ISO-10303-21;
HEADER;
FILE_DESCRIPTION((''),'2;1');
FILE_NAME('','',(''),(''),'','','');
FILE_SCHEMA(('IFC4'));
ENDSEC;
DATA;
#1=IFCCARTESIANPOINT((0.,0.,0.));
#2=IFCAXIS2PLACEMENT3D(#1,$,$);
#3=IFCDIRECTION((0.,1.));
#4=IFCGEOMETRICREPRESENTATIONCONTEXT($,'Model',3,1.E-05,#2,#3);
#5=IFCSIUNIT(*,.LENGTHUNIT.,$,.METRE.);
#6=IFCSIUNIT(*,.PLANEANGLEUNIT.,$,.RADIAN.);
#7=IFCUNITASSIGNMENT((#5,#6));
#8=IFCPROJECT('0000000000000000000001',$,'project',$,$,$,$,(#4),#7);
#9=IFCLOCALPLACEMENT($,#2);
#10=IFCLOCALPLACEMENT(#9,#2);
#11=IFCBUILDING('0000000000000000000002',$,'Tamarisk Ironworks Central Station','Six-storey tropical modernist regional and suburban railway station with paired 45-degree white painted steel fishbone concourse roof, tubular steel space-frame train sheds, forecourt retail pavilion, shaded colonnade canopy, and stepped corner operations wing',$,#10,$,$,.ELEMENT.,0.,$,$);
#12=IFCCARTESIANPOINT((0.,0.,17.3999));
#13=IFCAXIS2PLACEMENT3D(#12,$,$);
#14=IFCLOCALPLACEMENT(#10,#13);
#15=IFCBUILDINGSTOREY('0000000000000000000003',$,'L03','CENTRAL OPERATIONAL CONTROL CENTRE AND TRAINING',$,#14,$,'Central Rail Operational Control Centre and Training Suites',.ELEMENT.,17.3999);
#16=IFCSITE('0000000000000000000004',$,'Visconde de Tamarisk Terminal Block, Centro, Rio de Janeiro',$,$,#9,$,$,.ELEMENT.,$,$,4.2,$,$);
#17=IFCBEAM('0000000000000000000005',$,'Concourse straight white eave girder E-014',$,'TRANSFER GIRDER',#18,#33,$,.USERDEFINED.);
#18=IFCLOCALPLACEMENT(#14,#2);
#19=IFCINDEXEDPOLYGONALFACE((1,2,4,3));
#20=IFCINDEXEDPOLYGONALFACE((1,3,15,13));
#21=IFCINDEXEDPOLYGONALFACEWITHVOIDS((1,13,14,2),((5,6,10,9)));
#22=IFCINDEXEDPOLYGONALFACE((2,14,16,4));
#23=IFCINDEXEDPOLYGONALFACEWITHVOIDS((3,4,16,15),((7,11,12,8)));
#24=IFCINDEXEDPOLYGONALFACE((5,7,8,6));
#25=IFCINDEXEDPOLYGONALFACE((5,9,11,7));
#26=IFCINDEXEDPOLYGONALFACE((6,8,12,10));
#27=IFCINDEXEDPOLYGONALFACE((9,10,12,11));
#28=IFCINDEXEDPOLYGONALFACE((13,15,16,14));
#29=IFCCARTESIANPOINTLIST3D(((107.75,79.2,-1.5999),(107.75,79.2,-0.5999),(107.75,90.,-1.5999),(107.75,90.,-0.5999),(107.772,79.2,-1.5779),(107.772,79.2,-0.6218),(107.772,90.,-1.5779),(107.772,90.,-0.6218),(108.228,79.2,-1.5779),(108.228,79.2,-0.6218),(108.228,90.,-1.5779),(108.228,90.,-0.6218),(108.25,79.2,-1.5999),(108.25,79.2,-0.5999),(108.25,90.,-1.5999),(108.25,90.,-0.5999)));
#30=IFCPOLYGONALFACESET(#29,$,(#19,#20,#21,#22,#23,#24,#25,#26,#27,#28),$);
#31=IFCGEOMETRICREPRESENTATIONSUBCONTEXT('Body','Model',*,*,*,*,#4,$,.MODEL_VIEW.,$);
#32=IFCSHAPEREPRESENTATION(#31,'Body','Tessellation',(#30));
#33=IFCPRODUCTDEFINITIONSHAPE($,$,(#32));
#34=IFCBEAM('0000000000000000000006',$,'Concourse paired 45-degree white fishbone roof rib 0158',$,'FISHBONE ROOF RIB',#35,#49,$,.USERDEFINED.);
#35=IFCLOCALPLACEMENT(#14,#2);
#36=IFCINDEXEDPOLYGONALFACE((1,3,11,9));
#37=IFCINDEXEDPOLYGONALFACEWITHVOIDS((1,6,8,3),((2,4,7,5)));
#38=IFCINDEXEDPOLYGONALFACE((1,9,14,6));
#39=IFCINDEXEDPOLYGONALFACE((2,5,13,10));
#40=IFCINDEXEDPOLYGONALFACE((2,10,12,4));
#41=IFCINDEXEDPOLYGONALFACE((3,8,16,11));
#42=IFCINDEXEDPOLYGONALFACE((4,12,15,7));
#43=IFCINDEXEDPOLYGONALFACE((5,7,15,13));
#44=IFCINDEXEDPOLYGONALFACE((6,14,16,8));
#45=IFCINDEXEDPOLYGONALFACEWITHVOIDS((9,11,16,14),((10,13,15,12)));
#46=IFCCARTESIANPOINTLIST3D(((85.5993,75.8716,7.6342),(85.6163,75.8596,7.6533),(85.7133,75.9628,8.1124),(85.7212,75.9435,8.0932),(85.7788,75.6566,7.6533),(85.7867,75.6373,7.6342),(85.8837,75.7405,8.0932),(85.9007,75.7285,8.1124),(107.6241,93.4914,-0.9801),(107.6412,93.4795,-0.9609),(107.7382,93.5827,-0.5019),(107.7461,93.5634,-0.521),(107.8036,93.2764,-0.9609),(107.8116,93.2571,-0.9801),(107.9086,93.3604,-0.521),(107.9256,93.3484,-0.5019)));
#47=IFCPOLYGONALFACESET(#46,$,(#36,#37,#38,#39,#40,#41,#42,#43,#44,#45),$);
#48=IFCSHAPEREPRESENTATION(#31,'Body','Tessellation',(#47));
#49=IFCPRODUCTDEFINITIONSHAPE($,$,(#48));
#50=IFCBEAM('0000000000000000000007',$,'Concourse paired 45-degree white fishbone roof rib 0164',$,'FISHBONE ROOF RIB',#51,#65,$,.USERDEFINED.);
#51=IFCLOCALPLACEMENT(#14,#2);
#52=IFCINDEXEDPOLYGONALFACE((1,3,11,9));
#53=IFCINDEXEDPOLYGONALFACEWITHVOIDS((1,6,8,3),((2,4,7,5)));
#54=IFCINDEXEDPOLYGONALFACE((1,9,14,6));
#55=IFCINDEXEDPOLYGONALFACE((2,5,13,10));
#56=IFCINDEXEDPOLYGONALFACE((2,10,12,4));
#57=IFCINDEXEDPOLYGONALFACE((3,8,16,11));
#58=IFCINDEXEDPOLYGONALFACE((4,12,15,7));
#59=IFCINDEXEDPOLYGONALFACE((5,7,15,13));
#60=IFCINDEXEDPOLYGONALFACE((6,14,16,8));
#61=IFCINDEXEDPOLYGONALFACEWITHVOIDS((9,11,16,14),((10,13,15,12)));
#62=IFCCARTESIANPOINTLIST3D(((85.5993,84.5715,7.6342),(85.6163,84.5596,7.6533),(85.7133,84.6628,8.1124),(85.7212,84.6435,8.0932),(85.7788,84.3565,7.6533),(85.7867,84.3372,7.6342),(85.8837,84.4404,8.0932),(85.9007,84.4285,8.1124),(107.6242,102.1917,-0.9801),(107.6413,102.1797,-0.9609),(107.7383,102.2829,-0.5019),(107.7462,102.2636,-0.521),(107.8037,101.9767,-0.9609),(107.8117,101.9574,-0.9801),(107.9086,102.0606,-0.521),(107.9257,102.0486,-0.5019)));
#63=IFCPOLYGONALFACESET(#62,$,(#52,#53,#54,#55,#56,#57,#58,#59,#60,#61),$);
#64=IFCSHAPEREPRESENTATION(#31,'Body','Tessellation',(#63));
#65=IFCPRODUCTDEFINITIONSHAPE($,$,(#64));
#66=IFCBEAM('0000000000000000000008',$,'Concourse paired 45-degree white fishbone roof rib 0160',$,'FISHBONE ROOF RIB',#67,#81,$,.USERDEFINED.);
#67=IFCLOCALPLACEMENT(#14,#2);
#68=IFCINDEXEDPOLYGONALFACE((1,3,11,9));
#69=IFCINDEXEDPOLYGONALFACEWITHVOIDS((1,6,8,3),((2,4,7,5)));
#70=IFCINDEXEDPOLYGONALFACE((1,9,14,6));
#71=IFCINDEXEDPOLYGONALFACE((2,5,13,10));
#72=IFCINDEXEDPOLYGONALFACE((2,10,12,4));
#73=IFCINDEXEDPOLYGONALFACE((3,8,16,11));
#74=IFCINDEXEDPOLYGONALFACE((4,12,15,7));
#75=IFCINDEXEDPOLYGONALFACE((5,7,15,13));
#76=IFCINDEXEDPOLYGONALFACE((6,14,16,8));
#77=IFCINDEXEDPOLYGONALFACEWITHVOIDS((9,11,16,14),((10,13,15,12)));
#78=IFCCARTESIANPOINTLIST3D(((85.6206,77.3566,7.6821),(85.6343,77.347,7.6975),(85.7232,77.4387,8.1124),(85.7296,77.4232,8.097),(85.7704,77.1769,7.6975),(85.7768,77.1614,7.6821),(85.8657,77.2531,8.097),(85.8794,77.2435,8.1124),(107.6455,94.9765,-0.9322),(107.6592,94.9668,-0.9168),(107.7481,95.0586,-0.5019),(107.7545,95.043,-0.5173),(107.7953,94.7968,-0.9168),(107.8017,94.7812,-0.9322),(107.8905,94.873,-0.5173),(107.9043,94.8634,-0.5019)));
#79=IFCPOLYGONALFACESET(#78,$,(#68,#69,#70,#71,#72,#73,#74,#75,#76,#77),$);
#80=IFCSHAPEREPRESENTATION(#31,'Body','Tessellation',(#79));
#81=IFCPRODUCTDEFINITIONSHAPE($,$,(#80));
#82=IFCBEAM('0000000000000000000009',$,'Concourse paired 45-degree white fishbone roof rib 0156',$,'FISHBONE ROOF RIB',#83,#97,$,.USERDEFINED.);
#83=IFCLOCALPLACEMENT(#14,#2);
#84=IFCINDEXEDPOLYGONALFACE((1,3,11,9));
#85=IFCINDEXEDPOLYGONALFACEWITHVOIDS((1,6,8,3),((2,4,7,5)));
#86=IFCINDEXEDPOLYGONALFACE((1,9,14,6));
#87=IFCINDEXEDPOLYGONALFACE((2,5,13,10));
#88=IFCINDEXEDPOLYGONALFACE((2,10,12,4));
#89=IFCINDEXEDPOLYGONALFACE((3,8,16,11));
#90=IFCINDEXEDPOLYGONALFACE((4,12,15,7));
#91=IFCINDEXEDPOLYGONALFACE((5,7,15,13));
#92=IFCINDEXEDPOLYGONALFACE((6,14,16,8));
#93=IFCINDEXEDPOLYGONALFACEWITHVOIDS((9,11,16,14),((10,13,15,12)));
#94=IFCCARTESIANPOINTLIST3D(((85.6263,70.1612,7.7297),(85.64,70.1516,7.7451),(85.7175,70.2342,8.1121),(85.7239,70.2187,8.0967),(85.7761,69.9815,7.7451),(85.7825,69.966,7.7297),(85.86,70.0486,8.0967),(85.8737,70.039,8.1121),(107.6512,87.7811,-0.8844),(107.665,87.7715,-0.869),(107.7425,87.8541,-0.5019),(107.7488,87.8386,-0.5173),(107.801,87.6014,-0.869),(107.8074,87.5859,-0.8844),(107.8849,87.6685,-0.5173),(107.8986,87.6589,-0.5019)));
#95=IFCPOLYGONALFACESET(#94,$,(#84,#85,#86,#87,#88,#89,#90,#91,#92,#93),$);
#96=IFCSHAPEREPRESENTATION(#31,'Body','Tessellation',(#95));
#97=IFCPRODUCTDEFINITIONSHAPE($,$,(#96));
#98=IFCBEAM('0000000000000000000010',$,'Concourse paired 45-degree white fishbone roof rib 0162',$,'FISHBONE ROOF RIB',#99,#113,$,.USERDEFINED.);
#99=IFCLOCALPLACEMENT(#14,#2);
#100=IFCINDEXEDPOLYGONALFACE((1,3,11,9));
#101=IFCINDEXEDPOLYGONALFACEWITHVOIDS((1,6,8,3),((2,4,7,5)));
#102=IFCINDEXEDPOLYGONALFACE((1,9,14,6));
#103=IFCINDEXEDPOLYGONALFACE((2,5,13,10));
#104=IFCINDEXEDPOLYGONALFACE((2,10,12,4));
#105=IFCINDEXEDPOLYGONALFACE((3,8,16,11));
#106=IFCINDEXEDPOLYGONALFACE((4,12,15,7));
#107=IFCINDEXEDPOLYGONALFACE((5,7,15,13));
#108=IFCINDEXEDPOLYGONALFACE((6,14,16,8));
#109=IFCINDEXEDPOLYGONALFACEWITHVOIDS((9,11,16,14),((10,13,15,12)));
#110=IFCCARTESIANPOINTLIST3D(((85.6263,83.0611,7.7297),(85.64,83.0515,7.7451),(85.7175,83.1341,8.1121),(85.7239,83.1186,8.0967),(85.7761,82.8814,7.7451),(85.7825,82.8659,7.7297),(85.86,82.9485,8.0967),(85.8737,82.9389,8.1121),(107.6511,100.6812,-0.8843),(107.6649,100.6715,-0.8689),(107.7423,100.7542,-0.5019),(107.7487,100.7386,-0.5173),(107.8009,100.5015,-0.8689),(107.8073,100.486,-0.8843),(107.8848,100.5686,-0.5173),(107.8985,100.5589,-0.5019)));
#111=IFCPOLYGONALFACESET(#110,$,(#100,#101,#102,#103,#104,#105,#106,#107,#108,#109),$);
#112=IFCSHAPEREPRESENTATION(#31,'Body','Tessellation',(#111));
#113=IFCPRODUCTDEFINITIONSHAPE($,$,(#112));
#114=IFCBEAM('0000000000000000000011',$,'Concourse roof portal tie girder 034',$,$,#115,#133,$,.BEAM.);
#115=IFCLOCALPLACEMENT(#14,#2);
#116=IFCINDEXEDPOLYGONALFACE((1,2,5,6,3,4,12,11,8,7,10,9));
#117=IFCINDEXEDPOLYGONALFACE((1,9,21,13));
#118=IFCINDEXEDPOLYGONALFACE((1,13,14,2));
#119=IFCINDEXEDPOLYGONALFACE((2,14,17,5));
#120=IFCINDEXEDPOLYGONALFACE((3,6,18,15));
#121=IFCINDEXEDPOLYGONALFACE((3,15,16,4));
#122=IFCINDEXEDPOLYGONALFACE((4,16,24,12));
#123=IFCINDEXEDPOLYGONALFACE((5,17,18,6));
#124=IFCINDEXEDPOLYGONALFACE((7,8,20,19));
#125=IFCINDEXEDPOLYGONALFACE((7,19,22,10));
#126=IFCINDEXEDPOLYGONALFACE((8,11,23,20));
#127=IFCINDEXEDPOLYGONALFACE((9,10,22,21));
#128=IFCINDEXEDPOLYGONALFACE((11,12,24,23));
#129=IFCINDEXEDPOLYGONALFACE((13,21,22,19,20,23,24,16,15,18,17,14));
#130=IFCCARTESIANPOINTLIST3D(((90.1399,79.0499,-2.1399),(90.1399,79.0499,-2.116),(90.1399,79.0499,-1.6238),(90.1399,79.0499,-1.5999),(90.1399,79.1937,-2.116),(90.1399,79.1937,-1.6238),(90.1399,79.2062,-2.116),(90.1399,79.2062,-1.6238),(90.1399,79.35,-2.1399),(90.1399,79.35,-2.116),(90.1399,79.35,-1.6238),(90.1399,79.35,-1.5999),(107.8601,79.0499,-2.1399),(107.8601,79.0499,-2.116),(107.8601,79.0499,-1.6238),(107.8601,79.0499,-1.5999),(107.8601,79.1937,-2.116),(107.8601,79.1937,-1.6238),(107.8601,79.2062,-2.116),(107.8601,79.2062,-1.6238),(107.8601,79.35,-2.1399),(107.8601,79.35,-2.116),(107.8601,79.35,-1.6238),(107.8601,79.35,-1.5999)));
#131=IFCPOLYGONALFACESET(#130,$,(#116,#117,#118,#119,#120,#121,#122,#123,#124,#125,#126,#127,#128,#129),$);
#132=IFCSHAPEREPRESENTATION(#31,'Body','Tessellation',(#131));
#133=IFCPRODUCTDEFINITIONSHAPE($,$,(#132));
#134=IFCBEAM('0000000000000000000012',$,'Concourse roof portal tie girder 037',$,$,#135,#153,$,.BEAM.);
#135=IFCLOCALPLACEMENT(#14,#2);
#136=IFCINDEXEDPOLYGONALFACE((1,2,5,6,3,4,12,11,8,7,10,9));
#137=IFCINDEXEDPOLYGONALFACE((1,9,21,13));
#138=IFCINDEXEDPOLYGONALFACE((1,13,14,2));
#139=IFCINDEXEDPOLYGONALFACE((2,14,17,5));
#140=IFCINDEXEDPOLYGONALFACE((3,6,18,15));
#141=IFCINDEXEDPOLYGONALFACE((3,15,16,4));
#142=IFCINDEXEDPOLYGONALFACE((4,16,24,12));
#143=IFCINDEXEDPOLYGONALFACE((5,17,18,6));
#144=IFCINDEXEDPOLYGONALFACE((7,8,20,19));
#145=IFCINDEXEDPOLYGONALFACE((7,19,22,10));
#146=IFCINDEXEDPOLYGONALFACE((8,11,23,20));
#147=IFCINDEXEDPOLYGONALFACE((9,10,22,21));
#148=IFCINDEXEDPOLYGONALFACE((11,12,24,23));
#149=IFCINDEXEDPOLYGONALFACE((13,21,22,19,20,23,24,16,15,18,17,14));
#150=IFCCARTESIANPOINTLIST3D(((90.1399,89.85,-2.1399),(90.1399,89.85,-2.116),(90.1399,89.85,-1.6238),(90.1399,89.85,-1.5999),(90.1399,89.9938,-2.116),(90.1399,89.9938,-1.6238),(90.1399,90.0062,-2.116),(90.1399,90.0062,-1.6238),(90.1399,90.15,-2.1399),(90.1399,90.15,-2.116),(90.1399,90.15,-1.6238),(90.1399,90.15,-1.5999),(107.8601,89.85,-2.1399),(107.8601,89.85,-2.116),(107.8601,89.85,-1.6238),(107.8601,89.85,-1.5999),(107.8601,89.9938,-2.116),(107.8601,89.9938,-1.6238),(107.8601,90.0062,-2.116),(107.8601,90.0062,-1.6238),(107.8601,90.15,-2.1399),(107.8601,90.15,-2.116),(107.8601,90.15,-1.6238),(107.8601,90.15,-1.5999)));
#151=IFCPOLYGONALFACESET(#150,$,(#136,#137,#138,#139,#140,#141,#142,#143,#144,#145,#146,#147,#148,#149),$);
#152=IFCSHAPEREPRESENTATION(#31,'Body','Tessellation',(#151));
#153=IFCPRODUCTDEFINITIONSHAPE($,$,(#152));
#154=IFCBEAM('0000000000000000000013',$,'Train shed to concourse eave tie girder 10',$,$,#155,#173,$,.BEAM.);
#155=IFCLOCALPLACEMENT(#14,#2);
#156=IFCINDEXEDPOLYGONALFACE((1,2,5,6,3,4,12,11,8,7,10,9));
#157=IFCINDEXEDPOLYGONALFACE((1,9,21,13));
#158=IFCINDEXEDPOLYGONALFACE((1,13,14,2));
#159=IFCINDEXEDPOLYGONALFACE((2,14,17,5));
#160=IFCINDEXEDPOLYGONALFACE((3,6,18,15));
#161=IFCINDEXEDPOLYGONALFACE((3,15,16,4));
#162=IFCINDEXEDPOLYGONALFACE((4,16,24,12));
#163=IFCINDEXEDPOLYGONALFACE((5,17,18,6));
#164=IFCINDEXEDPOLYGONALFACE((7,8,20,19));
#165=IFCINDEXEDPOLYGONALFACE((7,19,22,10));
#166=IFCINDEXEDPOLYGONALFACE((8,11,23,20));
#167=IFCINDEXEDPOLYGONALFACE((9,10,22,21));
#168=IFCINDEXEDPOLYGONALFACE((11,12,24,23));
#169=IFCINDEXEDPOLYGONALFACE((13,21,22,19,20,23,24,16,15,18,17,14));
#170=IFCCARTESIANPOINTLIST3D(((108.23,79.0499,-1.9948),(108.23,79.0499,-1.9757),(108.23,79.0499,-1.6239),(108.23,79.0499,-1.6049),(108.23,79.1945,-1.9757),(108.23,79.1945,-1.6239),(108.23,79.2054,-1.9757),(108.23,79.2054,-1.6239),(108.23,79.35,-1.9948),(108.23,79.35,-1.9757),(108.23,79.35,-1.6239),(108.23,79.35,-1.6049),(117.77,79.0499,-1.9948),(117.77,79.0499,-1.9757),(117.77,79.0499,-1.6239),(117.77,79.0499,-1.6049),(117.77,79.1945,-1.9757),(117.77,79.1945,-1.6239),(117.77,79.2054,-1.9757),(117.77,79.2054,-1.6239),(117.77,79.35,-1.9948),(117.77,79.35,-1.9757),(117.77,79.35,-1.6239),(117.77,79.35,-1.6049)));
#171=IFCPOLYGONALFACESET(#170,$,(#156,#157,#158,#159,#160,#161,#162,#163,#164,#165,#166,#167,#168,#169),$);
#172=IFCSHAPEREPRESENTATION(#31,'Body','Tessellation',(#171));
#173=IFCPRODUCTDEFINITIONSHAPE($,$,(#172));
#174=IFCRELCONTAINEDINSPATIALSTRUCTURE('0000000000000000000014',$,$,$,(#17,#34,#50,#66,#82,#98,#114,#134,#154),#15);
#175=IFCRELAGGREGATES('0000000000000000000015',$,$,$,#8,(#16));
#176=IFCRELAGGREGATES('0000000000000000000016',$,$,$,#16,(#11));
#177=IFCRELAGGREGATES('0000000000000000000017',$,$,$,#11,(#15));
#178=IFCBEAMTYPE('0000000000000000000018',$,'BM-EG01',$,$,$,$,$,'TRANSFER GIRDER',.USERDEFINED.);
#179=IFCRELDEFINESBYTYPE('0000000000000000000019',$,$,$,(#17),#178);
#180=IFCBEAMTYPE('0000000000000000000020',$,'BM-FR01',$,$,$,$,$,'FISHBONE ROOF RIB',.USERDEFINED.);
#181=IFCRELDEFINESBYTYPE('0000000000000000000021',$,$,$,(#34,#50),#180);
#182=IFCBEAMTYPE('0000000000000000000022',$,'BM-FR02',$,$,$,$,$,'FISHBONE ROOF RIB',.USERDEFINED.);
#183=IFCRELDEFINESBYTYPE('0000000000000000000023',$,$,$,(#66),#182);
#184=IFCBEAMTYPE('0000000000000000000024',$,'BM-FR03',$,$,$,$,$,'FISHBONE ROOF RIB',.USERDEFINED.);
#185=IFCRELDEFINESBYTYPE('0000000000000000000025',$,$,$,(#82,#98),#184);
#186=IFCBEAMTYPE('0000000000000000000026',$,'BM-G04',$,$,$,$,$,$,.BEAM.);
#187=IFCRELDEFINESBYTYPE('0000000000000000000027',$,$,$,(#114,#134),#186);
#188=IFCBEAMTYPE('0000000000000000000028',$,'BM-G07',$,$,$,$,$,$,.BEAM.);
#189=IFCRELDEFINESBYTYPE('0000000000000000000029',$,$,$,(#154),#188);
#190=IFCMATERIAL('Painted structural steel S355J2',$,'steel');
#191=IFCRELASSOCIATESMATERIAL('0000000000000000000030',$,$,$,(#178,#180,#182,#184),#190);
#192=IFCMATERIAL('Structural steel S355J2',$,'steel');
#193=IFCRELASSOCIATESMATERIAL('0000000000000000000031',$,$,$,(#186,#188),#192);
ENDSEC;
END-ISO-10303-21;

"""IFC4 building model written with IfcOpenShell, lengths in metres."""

from ifc_helpers import new_model, si_unit, direction, frame, origin, origin_2d, place, context, subcontext, project, spatial, hollow_rectangle, i_section, extrude, material, material_profile, profile_set, type_object, element, save


model = new_model("IFC4")

# Units and contexts
model_context = context("Model", 3, precision=1e-05, world=origin(), true_north=direction((0.0, 1.0)))
body_context = subcontext(model_context, "Body", "Model", "MODEL_VIEW")
ifc_project = project(units=[si_unit("LENGTHUNIT", "METRE"), si_unit("PLANEANGLEUNIT", "RADIAN")], contexts=[model_context])

# Site, building, storey
site_placement = place(None, origin())
site = spatial("IfcSite", under=ifc_project, at=site_placement, Name="Visconde de Tamarisk Terminal Block, Centro, Rio de Janeiro", CompositionType="ELEMENT", RefElevation=4.2)
building_placement = place(site_placement, origin())
building = spatial("IfcBuilding", under=site, at=building_placement, Name="Tamarisk Ironworks Central Station", Description="Six-storey tropical modernist regional and suburban railway station with paired 45-degree white painted steel fishbone concourse roof, tubular steel space-frame train sheds, forecourt retail pavilion, shaded colonnade canopy, and stepped corner operations wing", CompositionType="ELEMENT", ElevationOfRefHeight=0.0)
storey_placement = place(building_placement, frame((0.0, 0.0, 17.3999)))
storey = spatial("IfcBuildingStorey", under=building, at=storey_placement, Name="L03", Description="CENTRAL OPERATIONAL CONTROL CENTRE AND TRAINING", LongName="Central Rail Operational Control Centre and Training Suites", CompositionType="ELEMENT", Elevation=17.3999)

# Beams
ifc_material_1 = material(Name="Painted structural steel S355J2", Category="steel")
ifc_material_profile_1 = material_profile(ifc_material_1, hollow_rectangle(XDim=0.5, YDim=1.0, WallThickness=0.022, at=origin_2d()), Name="BOX 500x1000x22")
ifc_profile_set_1 = profile_set([ifc_material_profile_1], Name="Painted structural steel S355J2")
beam_type_1 = type_object("IfcBeamType", Name="BM-EG01", ElementType="TRANSFER GIRDER", PredefinedType="USERDEFINED", material=ifc_profile_set_1)
beam_1_placement = place(storey_placement, frame((108.0, 79.2, -1.0999), z_axis=(0.0, 1.0, 0.0), x_axis=(-1.0, 0.0, 0.0)))
element("IfcBeam", 1, at=beam_1_placement, inside=storey, type_object=beam_type_1, Name="Concourse straight white eave girder E-014", ObjectType="TRANSFER GIRDER", PredefinedType="USERDEFINED", context=body_context, shape_type="SweptSolid", body=[
    extrude(hollow_rectangle(XDim=0.5, YDim=1.0, WallThickness=0.022, at=origin_2d()), origin(), (0.0, 0.0, 1.0), 10.8),
])
ifc_material_profile_2 = material_profile(ifc_material_1, hollow_rectangle(XDim=0.3, YDim=0.5, WallThickness=0.02, at=origin_2d()), Name="RHS 500x300x20")
ifc_profile_set_2 = profile_set([ifc_material_profile_2], Name="Painted structural steel S355J2")
beam_type_2 = type_object("IfcBeamType", Name="BM-FR01", ElementType="FISHBONE ROOF RIB", PredefinedType="USERDEFINED", material=ifc_profile_set_2)
beam_2_placement = place(storey_placement, frame((85.75, 75.8, 7.8733), z_axis=(0.746816, 0.597451, -0.292091), x_axis=(-0.624694, 0.78087, 0.0)))
element("IfcBeam", 2, at=beam_2_placement, inside=storey, type_object=beam_type_2, Name="Concourse paired 45-degree white fishbone roof rib 0158", ObjectType="FISHBONE ROOF RIB", PredefinedType="USERDEFINED", context=body_context, shape_type="SweptSolid", body=[
    extrude(hollow_rectangle(XDim=0.3, YDim=0.5, WallThickness=0.02, at=origin_2d()), origin(), (0.0, 0.0, 1.0), 29.4917),
])
beam_3_placement = place(storey_placement, frame((85.75, 84.5, 7.8733), z_axis=(0.746813, 0.597457, -0.292089), x_axis=(-0.624699, 0.780865, 0.0)))
element("IfcBeam", 3, at=beam_3_placement, inside=storey, type_object=beam_type_2, Name="Concourse paired 45-degree white fishbone roof rib 0164", ObjectType="FISHBONE ROOF RIB", PredefinedType="USERDEFINED", context=body_context, shape_type="SweptSolid", body=[
    extrude(hollow_rectangle(XDim=0.3, YDim=0.5, WallThickness=0.02, at=origin_2d()), origin(), (0.0, 0.0, 1.0), 29.4919),
])
ifc_material_profile_3 = material_profile(ifc_material_1, hollow_rectangle(XDim=0.25, YDim=0.45, WallThickness=0.0161, at=origin_2d()), Name="RHS 450x250x16")
ifc_profile_set_3 = profile_set([ifc_material_profile_3], Name="Painted structural steel S355J2")
beam_type_3 = type_object("IfcBeamType", Name="BM-FR02", ElementType="FISHBONE ROOF RIB", PredefinedType="USERDEFINED", material=ifc_profile_set_3)
beam_4_placement = place(storey_placement, frame((85.75, 77.3, 7.8972), z_axis=(0.746816, 0.597451, -0.292091), x_axis=(-0.624694, 0.78087, 0.0)))
element("IfcBeam", 4, at=beam_4_placement, inside=storey, type_object=beam_type_3, Name="Concourse paired 45-degree white fishbone roof rib 0160", ObjectType="FISHBONE ROOF RIB", PredefinedType="USERDEFINED", context=body_context, shape_type="SweptSolid", body=[
    extrude(hollow_rectangle(XDim=0.25, YDim=0.45, WallThickness=0.0161, at=origin_2d()), origin(), (0.0, 0.0, 1.0), 29.4917),
])
ifc_material_profile_4 = material_profile(ifc_material_1, hollow_rectangle(XDim=0.25, YDim=0.3999, WallThickness=0.0161, at=origin_2d()), Name="RHS 400x250x16")
ifc_profile_set_4 = profile_set([ifc_material_profile_4], Name="Painted structural steel S355J2")
beam_type_4 = type_object("IfcBeamType", Name="BM-FR03", ElementType="FISHBONE ROOF RIB", PredefinedType="USERDEFINED", material=ifc_profile_set_4)
for number, where, z_axis, x_axis, name in (
    (5, (85.75, 70.1001, 7.9209), (0.746818, 0.597453, -0.292083), (-0.624694, 0.78087, 0.0), "Concourse paired 45-degree white fishbone roof rib 0156"),
    (6, (85.75, 83.0, 7.9209), (0.746815, 0.597458, -0.292082), (-0.624699, 0.780865, 0.0), "Concourse paired 45-degree white fishbone roof rib 0162"),
):
    element("IfcBeam", number, at=place(storey_placement, frame(where, z_axis=z_axis, x_axis=x_axis)), inside=storey, type_object=beam_type_4, Name=name, ObjectType="FISHBONE ROOF RIB", PredefinedType="USERDEFINED", context=body_context, shape_type="SweptSolid", body=[
        extrude(hollow_rectangle(XDim=0.25, YDim=0.3999, WallThickness=0.0161, at=origin_2d()), origin(), (0.0, 0.0, 1.0), 29.4917),
    ])
ifc_material_2 = material(Name="Structural steel S355J2", Category="steel")
ifc_material_profile_5 = material_profile(ifc_material_2, i_section(OverallWidth=0.3, OverallDepth=0.54, WebThickness=0.0125, FlangeThickness=0.0239, at=origin_2d()), Name="HEA 550")
ifc_profile_set_5 = profile_set([ifc_material_profile_5], Name="Structural steel S355J2")
beam_type_5 = type_object("IfcBeamType", Name="BM-G04", PredefinedType="BEAM", material=ifc_profile_set_5)
for number, where, z_axis, x_axis, name in (
    (7, (90.1399, 79.2, -1.8699), (1.0, 0.0, 0.0), (0.0, 1.0, 0.0), "Concourse roof portal tie girder 034"),
    (8, (90.1399, 90.0, -1.8699), (1.0, 0.0, 0.0), (0.0, 1.0, 0.0), "Concourse roof portal tie girder 037"),
):
    element("IfcBeam", number, at=place(storey_placement, frame(where, z_axis=z_axis, x_axis=x_axis)), inside=storey, type_object=beam_type_5, Name=name, PredefinedType="BEAM", context=body_context, shape_type="SweptSolid", body=[
        extrude(i_section(OverallWidth=0.3, OverallDepth=0.54, WebThickness=0.0125, FlangeThickness=0.0239, at=origin_2d()), origin(), (0.0, 0.0, 1.0), 17.7202),
    ])
ifc_material_profile_6 = material_profile(ifc_material_2, i_section(OverallWidth=0.3, OverallDepth=0.3899, WebThickness=0.011, FlangeThickness=0.019, at=origin_2d()), Name="HEA 400")
ifc_profile_set_6 = profile_set([ifc_material_profile_6], Name="Structural steel S355J2")
beam_type_6 = type_object("IfcBeamType", Name="BM-G07", PredefinedType="BEAM", material=ifc_profile_set_6)
beam_5_placement = place(storey_placement, frame((108.23, 79.2, -1.7998), z_axis=(1.0, 0.0, 0.0), x_axis=(0.0, 1.0, 0.0)))
element("IfcBeam", 9, at=beam_5_placement, inside=storey, type_object=beam_type_6, Name="Train shed to concourse eave tie girder 10", PredefinedType="BEAM", context=body_context, shape_type="SweptSolid", body=[
    extrude(i_section(OverallWidth=0.3, OverallDepth=0.3899, WebThickness=0.011, FlangeThickness=0.019, at=origin_2d()), origin(), (0.0, 0.0, 1.0), 9.54),
])

save(model, "model.ifc")
